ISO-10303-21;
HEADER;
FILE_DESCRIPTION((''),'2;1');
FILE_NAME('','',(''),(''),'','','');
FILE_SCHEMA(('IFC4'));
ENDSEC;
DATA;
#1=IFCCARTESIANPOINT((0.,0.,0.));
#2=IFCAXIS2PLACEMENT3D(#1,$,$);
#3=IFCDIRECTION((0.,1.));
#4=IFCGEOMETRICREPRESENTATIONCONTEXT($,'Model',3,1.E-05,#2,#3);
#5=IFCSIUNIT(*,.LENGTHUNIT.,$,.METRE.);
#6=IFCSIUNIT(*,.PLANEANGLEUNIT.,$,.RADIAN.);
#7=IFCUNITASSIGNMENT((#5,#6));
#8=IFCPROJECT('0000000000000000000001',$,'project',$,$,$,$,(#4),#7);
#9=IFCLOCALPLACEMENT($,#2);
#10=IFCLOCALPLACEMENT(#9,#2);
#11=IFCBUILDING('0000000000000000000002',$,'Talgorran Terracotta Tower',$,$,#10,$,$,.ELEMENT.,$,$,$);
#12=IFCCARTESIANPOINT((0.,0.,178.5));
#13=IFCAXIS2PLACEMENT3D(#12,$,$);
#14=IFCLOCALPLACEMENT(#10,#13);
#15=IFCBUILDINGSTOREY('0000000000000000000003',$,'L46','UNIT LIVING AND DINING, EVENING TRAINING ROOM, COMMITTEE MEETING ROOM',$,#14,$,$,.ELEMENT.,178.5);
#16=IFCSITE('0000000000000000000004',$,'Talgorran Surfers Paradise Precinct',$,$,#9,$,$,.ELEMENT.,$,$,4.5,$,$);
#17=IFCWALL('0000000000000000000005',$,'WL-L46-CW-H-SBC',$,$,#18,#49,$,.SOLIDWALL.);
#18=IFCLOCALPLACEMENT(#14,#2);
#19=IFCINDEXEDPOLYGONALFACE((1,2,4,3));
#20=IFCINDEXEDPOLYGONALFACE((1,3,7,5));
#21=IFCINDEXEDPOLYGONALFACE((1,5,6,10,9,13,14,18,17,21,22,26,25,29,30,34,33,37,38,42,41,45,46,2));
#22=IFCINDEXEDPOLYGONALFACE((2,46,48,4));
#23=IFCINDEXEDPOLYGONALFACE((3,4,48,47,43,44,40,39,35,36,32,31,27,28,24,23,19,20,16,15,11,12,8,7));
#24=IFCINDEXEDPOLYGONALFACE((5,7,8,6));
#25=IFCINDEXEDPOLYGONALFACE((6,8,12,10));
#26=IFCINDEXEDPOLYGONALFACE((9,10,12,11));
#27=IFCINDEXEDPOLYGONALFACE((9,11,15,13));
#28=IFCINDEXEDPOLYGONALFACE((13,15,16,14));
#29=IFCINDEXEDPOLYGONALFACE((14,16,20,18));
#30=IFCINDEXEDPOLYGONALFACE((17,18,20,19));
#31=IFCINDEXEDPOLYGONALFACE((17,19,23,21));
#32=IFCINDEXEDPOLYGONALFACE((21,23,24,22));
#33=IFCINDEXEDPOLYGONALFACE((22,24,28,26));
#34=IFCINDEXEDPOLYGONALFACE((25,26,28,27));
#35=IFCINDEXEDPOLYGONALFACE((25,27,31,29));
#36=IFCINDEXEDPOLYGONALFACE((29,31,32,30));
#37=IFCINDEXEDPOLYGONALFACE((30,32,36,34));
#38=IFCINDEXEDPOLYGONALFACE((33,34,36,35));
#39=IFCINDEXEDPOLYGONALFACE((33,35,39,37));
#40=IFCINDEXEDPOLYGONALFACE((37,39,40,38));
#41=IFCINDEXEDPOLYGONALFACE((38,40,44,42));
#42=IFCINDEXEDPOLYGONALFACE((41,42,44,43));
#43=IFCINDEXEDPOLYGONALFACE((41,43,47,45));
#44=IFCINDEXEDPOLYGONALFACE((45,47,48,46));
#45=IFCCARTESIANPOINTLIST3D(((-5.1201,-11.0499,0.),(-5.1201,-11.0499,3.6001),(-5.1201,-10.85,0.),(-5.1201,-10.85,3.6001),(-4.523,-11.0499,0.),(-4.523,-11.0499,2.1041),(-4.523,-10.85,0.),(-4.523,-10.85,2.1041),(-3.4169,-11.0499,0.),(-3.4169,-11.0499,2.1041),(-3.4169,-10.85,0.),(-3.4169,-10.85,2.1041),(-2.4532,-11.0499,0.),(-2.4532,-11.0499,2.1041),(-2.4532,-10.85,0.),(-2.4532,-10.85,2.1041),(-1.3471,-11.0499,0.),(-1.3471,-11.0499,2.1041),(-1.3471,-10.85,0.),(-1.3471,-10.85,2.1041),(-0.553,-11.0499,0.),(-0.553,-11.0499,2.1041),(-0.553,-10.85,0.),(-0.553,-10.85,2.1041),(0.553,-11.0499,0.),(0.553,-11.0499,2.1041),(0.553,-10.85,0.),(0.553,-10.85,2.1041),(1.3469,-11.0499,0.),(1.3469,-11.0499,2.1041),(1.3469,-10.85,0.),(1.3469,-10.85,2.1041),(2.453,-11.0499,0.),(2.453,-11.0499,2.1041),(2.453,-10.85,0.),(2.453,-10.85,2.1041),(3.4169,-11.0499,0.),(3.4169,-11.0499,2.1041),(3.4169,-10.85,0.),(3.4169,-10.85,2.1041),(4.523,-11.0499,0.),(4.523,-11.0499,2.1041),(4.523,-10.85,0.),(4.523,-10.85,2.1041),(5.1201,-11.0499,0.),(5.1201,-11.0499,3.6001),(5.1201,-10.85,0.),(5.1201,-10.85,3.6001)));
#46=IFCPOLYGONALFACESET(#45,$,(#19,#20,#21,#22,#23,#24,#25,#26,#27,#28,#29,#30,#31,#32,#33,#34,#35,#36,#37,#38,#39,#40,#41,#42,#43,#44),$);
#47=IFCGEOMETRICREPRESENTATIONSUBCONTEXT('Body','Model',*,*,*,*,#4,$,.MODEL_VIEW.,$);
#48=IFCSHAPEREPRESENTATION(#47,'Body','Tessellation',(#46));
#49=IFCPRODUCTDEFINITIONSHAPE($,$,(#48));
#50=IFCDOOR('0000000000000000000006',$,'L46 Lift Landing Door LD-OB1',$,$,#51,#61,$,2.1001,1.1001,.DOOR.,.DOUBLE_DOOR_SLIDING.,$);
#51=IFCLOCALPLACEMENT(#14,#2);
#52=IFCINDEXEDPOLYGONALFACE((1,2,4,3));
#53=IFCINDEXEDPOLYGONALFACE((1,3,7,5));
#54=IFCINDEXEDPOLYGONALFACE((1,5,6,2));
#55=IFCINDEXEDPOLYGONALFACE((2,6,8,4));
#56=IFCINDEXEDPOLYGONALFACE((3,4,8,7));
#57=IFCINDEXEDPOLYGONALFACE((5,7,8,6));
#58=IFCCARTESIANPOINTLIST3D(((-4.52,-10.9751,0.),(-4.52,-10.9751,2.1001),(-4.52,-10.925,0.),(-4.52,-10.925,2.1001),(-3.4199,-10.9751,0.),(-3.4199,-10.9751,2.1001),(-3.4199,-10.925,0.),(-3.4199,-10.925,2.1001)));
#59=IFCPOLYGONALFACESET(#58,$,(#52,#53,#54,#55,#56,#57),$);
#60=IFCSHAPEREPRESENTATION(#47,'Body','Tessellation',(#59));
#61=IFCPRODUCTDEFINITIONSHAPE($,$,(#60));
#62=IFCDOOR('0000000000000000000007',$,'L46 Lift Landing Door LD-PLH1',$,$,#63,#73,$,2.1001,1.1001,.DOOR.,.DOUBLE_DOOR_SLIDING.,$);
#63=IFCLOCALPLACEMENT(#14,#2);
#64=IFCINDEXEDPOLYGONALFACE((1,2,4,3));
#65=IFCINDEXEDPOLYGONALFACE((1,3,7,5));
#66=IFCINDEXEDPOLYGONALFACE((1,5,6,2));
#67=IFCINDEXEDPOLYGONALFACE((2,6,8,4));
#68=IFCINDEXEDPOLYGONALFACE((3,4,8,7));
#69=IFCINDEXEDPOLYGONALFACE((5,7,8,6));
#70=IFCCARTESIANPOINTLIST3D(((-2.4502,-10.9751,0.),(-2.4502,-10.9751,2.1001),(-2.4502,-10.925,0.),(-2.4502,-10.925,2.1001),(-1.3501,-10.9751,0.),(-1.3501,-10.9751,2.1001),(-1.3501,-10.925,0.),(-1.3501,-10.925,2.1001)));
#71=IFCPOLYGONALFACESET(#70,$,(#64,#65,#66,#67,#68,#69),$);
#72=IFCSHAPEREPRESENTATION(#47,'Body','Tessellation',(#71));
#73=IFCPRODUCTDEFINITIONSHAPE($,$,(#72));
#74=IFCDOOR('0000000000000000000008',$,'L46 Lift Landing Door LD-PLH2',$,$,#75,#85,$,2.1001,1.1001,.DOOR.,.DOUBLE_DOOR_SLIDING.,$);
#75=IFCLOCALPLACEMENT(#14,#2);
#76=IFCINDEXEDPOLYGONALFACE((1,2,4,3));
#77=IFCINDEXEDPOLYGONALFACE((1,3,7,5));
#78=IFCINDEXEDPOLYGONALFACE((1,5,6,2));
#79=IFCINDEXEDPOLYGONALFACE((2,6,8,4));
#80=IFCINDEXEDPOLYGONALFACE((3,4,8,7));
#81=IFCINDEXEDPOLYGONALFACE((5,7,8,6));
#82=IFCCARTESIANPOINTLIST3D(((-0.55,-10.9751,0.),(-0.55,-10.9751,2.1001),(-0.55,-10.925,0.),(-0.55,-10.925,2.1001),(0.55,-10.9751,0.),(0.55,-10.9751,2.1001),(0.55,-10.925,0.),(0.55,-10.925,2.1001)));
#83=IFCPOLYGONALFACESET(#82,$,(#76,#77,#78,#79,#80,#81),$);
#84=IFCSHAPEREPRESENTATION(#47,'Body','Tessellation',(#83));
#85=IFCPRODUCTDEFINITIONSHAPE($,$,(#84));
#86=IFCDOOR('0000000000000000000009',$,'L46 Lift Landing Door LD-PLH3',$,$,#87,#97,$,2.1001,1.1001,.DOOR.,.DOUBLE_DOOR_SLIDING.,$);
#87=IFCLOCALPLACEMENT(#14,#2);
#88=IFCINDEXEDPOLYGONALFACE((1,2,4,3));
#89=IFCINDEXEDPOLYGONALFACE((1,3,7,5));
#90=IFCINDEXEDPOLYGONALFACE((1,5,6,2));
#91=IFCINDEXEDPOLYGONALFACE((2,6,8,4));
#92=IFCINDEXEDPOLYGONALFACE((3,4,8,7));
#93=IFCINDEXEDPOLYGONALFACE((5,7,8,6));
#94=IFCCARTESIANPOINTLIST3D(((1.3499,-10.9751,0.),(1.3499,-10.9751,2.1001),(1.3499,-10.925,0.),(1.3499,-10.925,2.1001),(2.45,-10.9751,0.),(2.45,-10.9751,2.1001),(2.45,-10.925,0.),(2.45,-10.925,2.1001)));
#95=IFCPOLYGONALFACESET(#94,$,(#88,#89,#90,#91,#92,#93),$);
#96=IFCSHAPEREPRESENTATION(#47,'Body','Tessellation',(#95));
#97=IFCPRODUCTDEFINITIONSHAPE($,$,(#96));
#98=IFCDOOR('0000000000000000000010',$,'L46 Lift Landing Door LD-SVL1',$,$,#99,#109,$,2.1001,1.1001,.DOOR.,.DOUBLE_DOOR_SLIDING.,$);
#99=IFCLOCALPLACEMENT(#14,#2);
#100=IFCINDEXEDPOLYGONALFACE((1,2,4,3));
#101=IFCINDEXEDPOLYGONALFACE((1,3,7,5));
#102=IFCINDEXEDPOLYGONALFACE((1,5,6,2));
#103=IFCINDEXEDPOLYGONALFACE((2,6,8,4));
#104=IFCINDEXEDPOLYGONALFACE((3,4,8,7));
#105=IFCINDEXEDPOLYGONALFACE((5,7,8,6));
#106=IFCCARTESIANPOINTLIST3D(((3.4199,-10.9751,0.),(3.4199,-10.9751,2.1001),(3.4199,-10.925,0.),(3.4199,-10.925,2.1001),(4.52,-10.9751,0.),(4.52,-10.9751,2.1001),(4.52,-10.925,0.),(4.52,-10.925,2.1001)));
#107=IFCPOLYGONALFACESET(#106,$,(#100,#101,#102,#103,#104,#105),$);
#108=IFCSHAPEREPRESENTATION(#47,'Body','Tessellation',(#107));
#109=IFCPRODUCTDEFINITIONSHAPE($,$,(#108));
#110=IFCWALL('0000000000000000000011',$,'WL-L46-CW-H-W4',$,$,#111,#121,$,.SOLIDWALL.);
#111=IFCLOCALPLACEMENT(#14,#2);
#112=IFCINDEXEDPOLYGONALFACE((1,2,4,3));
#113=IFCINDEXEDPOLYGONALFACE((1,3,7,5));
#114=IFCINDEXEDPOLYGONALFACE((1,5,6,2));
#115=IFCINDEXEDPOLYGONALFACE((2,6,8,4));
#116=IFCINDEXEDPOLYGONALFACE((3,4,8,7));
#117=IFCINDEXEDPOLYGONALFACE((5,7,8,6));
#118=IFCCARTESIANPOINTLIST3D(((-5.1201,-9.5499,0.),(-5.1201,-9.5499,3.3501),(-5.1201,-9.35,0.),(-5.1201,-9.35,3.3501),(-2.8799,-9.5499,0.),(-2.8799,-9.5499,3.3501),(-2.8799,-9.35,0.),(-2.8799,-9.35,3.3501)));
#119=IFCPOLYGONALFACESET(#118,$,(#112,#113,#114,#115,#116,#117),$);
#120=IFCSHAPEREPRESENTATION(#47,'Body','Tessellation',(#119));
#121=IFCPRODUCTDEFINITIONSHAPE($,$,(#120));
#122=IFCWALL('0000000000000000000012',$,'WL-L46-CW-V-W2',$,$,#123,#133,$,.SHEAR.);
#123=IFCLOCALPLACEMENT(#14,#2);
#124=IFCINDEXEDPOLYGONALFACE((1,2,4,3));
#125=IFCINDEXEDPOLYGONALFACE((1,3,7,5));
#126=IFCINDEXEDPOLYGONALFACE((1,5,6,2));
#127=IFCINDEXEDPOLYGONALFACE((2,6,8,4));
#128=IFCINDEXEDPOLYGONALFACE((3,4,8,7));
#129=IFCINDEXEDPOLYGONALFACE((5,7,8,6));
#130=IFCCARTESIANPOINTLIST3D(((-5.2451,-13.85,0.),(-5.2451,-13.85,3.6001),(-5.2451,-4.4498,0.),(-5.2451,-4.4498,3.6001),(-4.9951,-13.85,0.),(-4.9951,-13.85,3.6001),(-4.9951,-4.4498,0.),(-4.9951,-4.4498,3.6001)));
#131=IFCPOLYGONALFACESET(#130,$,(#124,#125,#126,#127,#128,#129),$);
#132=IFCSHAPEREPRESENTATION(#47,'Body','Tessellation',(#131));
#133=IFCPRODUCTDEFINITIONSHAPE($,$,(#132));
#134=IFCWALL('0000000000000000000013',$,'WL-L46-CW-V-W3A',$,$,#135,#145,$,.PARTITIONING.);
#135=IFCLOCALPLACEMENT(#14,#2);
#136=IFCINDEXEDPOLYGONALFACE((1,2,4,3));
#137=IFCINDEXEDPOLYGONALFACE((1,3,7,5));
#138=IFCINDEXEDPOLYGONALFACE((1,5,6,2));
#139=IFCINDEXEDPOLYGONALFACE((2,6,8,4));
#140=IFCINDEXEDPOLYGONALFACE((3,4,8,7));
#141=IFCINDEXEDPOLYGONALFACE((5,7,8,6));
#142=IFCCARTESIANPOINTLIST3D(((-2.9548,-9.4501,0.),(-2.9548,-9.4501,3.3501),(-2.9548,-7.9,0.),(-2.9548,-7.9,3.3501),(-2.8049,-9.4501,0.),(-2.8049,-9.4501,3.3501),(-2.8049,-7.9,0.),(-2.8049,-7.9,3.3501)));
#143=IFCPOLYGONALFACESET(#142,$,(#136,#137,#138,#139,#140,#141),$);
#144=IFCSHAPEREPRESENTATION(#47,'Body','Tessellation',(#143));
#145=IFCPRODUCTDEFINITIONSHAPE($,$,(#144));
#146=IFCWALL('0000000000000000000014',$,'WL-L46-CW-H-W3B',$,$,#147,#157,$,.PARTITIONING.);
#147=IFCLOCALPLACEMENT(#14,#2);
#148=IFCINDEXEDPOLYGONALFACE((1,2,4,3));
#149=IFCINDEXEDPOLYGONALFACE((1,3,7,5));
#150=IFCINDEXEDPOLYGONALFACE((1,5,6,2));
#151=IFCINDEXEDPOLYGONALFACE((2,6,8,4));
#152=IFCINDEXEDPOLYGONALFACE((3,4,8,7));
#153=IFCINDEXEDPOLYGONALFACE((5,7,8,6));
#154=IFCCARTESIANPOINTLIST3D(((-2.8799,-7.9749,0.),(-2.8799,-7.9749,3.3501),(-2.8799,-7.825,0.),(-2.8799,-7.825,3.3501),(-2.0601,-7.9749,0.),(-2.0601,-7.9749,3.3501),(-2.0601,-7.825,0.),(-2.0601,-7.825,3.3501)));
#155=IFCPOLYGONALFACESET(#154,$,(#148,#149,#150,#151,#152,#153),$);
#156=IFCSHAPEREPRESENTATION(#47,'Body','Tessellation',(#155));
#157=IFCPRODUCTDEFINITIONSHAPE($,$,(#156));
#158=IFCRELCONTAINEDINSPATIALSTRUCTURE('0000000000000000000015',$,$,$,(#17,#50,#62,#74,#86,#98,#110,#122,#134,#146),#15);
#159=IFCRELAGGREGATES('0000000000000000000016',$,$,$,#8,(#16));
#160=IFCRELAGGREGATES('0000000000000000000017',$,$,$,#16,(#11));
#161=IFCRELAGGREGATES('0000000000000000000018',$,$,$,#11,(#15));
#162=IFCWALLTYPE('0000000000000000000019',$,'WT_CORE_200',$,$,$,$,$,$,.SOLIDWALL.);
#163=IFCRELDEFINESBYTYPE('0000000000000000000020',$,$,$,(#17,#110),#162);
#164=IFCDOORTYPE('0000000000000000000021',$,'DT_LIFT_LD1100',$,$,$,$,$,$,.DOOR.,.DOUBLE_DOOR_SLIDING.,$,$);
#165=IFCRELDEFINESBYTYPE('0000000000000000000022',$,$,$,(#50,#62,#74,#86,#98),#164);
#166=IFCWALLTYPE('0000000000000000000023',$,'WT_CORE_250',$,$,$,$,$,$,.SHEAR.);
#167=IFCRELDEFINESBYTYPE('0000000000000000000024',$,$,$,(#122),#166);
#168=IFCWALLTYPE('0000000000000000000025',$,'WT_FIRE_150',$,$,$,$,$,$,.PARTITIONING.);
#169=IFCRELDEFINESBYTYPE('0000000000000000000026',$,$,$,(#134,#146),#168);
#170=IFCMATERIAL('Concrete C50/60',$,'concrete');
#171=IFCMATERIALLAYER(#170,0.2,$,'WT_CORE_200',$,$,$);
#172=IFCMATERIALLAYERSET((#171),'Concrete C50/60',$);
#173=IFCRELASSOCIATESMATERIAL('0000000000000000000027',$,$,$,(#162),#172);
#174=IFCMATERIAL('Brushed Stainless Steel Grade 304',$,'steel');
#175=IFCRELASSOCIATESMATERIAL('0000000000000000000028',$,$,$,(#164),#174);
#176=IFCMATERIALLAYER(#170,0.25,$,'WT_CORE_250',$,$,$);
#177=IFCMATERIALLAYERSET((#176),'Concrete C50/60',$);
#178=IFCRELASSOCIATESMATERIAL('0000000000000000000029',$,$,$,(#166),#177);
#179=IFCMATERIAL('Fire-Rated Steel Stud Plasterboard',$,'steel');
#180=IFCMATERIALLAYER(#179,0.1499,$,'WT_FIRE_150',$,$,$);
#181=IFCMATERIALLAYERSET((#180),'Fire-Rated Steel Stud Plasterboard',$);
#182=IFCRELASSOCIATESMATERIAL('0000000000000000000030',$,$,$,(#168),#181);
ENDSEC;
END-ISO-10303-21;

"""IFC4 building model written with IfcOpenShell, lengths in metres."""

from ifc_helpers import new_model, si_unit, direction, frame, frame_2d, origin, place, context, subcontext, project, spatial, rectangle, extrude, material, layer, layer_set, type_object, element, fill, save


model = new_model("IFC4")

# Units and contexts
model_context = context("Model", 3, precision=1e-05, world=origin(), true_north=direction((0.0, 1.0)))
body_context = subcontext(model_context, "Body", "Model", "MODEL_VIEW")
ifc_project = project(units=[si_unit("LENGTHUNIT", "METRE"), si_unit("PLANEANGLEUNIT", "RADIAN")], contexts=[model_context])

# Site, building, storey
site_placement = place(None, origin())
site = spatial("IfcSite", under=ifc_project, at=site_placement, Name="Talgorran Surfers Paradise Precinct", CompositionType="ELEMENT", RefElevation=4.5)
building_placement = place(site_placement, origin())
building = spatial("IfcBuilding", under=site, at=building_placement, Name="Talgorran Terracotta Tower", CompositionType="ELEMENT")
storey_placement = place(building_placement, frame((0.0, 0.0, 178.5)))
storey = spatial("IfcBuildingStorey", under=building, at=storey_placement, Name="L46", Description="UNIT LIVING AND DINING, EVENING TRAINING ROOM, COMMITTEE MEETING ROOM", CompositionType="ELEMENT", Elevation=178.5)

# Shared definitions
ifc_material_1 = material(Name="Concrete C50/60", Category="concrete")

# Wall, openings, doors
ifc_layer_1 = layer(ifc_material_1, 0.2, Name="WT_CORE_200")
ifc_layer_set_1 = layer_set([ifc_layer_1], Name="Concrete C50/60")
wall_type_1 = type_object("IfcWallType", Name="WT_CORE_200", PredefinedType="SOLIDWALL", material=ifc_layer_set_1)
ifc_material_2 = material(Name="Brushed Stainless Steel Grade 304", Category="steel")
door_type_1 = type_object("IfcDoorType", Name="DT_LIFT_LD1100", OperationType="DOUBLE_DOOR_SLIDING", PredefinedType="DOOR", material=ifc_material_2)
wall_1_placement = place(storey_placement, frame((-5.1201, -10.95, 0.0), z_axis=(0.0, 0.0, 1.0), x_axis=(1.0, 0.0, 0.0)))
wall_1 = element("IfcWall", 1, at=wall_1_placement, inside=storey, type_object=wall_type_1, Name="WL-L46-CW-H-SBC", PredefinedType="SOLIDWALL", context=body_context, shape_type="SweptSolid", body=[
    extrude(rectangle(XDim=10.2402, YDim=0.2, at=frame_2d((5.1201, 0.0))), origin(), (0.0, 0.0, 1.0), 3.6001),
])
opening_1_placement = place(wall_1_placement, frame((0.6001, 0.0, 0.0)))
opening_1 = element("IfcOpeningElement", 2, at=opening_1_placement, cuts=wall_1, PredefinedType="OPENING", context=body_context, shape_type="SweptSolid", body=[
    extrude(rectangle(XDim=1.1061, YDim=2.1041, at=frame_2d((0.55, 1.052))), frame((0.0, 0.1099, 0.0), z_axis=(0.0, -1.0, 0.0), x_axis=(1.0, 0.0, 0.0)), (0.0, 0.0, 1.0), 0.22),
])
opening_2_placement = place(wall_1_placement, frame((2.6699, 0.0, 0.0)))
opening_2 = element("IfcOpeningElement", 3, at=opening_2_placement, cuts=wall_1, PredefinedType="OPENING", context=body_context, shape_type="SweptSolid", body=[
    extrude(rectangle(XDim=1.1061, YDim=2.1041, at=frame_2d((0.55, 1.052))), frame((0.0, 0.1099, 0.0), z_axis=(0.0, -1.0, 0.0), x_axis=(1.0, 0.0, 0.0)), (0.0, 0.0, 1.0), 0.22),
])
opening_3_placement = place(wall_1_placement, frame((4.5701, 0.0, 0.0)))
opening_3 = element("IfcOpeningElement", 4, at=opening_3_placement, cuts=wall_1, PredefinedType="OPENING", context=body_context, shape_type="SweptSolid", body=[
    extrude(rectangle(XDim=1.1061, YDim=2.1041, at=frame_2d((0.55, 1.052))), frame((0.0, 0.1099, 0.0), z_axis=(0.0, -1.0, 0.0), x_axis=(1.0, 0.0, 0.0)), (0.0, 0.0, 1.0), 0.22),
])
opening_4_placement = place(wall_1_placement, frame((6.47, 0.0, 0.0)))
opening_4 = element("IfcOpeningElement", 5, at=opening_4_placement, cuts=wall_1, PredefinedType="OPENING", context=body_context, shape_type="SweptSolid", body=[
    extrude(rectangle(XDim=1.1061, YDim=2.1041, at=frame_2d((0.55, 1.052))), frame((0.0, 0.1099, 0.0), z_axis=(0.0, -1.0, 0.0), x_axis=(1.0, 0.0, 0.0)), (0.0, 0.0, 1.0), 0.22),
])
opening_5_placement = place(wall_1_placement, frame((8.54, 0.0, 0.0)))
opening_5 = element("IfcOpeningElement", 6, at=opening_5_placement, cuts=wall_1, PredefinedType="OPENING", context=body_context, shape_type="SweptSolid", body=[
    extrude(rectangle(XDim=1.1061, YDim=2.1041, at=frame_2d((0.55, 1.052))), frame((0.0, 0.1099, 0.0), z_axis=(0.0, -1.0, 0.0), x_axis=(1.0, 0.0, 0.0)), (0.0, 0.0, 1.0), 0.22),
])
door_1_placement = place(opening_1_placement, origin())
door_1 = element("IfcDoor", 7, at=door_1_placement, inside=storey, type_object=door_type_1, Name="L46 Lift Landing Door LD-OB1", OperationType="DOUBLE_DOOR_SLIDING", OverallHeight=2.1001, OverallWidth=1.1001, PredefinedType="DOOR", context=body_context, shape_type="SweptSolid", body=[
    extrude(rectangle(XDim=1.1001, YDim=2.1001, at=frame_2d((0.55, 1.05))), frame((0.0, 0.0249, 0.0), z_axis=(0.0, -1.0, 0.0), x_axis=(1.0, 0.0, 0.0)), (0.0, 0.0, 1.0), 0.05),
])
fill(opening_1, door_1)
door_2_placement = place(opening_2_placement, origin())
door_2 = element("IfcDoor", 8, at=door_2_placement, inside=storey, type_object=door_type_1, Name="L46 Lift Landing Door LD-PLH1", OperationType="DOUBLE_DOOR_SLIDING", OverallHeight=2.1001, OverallWidth=1.1001, PredefinedType="DOOR", context=body_context, shape_type="SweptSolid", body=[
    extrude(rectangle(XDim=1.1001, YDim=2.1001, at=frame_2d((0.55, 1.05))), frame((0.0, 0.0249, 0.0), z_axis=(0.0, -1.0, 0.0), x_axis=(1.0, 0.0, 0.0)), (0.0, 0.0, 1.0), 0.05),
])
fill(opening_2, door_2)
door_3_placement = place(opening_3_placement, origin())
door_3 = element("IfcDoor", 9, at=door_3_placement, inside=storey, type_object=door_type_1, Name="L46 Lift Landing Door LD-PLH2", OperationType="DOUBLE_DOOR_SLIDING", OverallHeight=2.1001, OverallWidth=1.1001, PredefinedType="DOOR", context=body_context, shape_type="SweptSolid", body=[
    extrude(rectangle(XDim=1.1001, YDim=2.1001, at=frame_2d((0.55, 1.05))), frame((0.0, 0.0249, 0.0), z_axis=(0.0, -1.0, 0.0), x_axis=(1.0, 0.0, 0.0)), (0.0, 0.0, 1.0), 0.05),
])
fill(opening_3, door_3)
door_4_placement = place(opening_4_placement, origin())
door_4 = element("IfcDoor", 10, at=door_4_placement, inside=storey, type_object=door_type_1, Name="L46 Lift Landing Door LD-PLH3", OperationType="DOUBLE_DOOR_SLIDING", OverallHeight=2.1001, OverallWidth=1.1001, PredefinedType="DOOR", context=body_context, shape_type="SweptSolid", body=[
    extrude(rectangle(XDim=1.1001, YDim=2.1001, at=frame_2d((0.55, 1.05))), frame((0.0, 0.0249, 0.0), z_axis=(0.0, -1.0, 0.0), x_axis=(1.0, 0.0, 0.0)), (0.0, 0.0, 1.0), 0.05),
])
fill(opening_4, door_4)
door_5_placement = place(opening_5_placement, origin())
door_5 = element("IfcDoor", 11, at=door_5_placement, inside=storey, type_object=door_type_1, Name="L46 Lift Landing Door LD-SVL1", OperationType="DOUBLE_DOOR_SLIDING", OverallHeight=2.1001, OverallWidth=1.1001, PredefinedType="DOOR", context=body_context, shape_type="SweptSolid", body=[
    extrude(rectangle(XDim=1.1001, YDim=2.1001, at=frame_2d((0.55, 1.05))), frame((0.0, 0.0249, 0.0), z_axis=(0.0, -1.0, 0.0), x_axis=(1.0, 0.0, 0.0)), (0.0, 0.0, 1.0), 0.05),
])
fill(opening_5, door_5)

# Walls
wall_2_placement = place(storey_placement, frame((-5.1201, -9.45, 0.0), z_axis=(0.0, 0.0, 1.0), x_axis=(1.0, 0.0, 0.0)))
element("IfcWall", 12, at=wall_2_placement, inside=storey, type_object=wall_type_1, Name="WL-L46-CW-H-W4", PredefinedType="SOLIDWALL", context=body_context, shape_type="SweptSolid", body=[
    extrude(rectangle(XDim=2.2402, YDim=0.2, at=frame_2d((1.1201, 0.0))), origin(), (0.0, 0.0, 1.0), 3.3501),
])
ifc_layer_2 = layer(ifc_material_1, 0.25, Name="WT_CORE_250")
ifc_layer_set_2 = layer_set([ifc_layer_2], Name="Concrete C50/60")
wall_type_2 = type_object("IfcWallType", Name="WT_CORE_250", PredefinedType="SHEAR", material=ifc_layer_set_2)
wall_3_placement = place(storey_placement, frame((-5.1201, -13.8501, 0.0), z_axis=(0.0, 0.0, 1.0), x_axis=(0.0, 1.0, 0.0)))
element("IfcWall", 13, at=wall_3_placement, inside=storey, type_object=wall_type_2, Name="WL-L46-CW-V-W2", PredefinedType="SHEAR", context=body_context, shape_type="SweptSolid", body=[
    extrude(rectangle(XDim=9.4001, YDim=0.25, at=frame_2d((4.7002, 0.0))), origin(), (0.0, 0.0, 1.0), 3.6001),
])
ifc_material_3 = material(Name="Fire-Rated Steel Stud Plasterboard", Category="steel")
ifc_layer_3 = layer(ifc_material_3, 0.1499, Name="WT_FIRE_150")
ifc_layer_set_3 = layer_set([ifc_layer_3], Name="Fire-Rated Steel Stud Plasterboard")
wall_type_3 = type_object("IfcWallType", Name="WT_FIRE_150", PredefinedType="PARTITIONING", material=ifc_layer_set_3)
wall_4_placement = place(storey_placement, frame((-2.8799, -9.45, 0.0), z_axis=(0.0, 0.0, 1.0), x_axis=(0.0, 1.0, 0.0)))
element("IfcWall", 14, at=wall_4_placement, inside=storey, type_object=wall_type_3, Name="WL-L46-CW-V-W3A", PredefinedType="PARTITIONING", context=body_context, shape_type="SweptSolid", body=[
    extrude(rectangle(XDim=1.55, YDim=0.1499, at=frame_2d((0.7749, 0.0))), origin(), (0.0, 0.0, 1.0), 3.3501),
])
wall_5_placement = place(storey_placement, frame((-2.8799, -7.8999, 0.0), z_axis=(0.0, 0.0, 1.0), x_axis=(1.0, 0.0, 0.0)))
element("IfcWall", 15, at=wall_5_placement, inside=storey, type_object=wall_type_3, Name="WL-L46-CW-H-W3B", PredefinedType="PARTITIONING", context=body_context, shape_type="SweptSolid", body=[
    extrude(rectangle(XDim=0.8198, YDim=0.1499, at=frame_2d((0.4099, 0.0))), origin(), (0.0, 0.0, 1.0), 3.3501),
])

save(model, "model.ifc")
